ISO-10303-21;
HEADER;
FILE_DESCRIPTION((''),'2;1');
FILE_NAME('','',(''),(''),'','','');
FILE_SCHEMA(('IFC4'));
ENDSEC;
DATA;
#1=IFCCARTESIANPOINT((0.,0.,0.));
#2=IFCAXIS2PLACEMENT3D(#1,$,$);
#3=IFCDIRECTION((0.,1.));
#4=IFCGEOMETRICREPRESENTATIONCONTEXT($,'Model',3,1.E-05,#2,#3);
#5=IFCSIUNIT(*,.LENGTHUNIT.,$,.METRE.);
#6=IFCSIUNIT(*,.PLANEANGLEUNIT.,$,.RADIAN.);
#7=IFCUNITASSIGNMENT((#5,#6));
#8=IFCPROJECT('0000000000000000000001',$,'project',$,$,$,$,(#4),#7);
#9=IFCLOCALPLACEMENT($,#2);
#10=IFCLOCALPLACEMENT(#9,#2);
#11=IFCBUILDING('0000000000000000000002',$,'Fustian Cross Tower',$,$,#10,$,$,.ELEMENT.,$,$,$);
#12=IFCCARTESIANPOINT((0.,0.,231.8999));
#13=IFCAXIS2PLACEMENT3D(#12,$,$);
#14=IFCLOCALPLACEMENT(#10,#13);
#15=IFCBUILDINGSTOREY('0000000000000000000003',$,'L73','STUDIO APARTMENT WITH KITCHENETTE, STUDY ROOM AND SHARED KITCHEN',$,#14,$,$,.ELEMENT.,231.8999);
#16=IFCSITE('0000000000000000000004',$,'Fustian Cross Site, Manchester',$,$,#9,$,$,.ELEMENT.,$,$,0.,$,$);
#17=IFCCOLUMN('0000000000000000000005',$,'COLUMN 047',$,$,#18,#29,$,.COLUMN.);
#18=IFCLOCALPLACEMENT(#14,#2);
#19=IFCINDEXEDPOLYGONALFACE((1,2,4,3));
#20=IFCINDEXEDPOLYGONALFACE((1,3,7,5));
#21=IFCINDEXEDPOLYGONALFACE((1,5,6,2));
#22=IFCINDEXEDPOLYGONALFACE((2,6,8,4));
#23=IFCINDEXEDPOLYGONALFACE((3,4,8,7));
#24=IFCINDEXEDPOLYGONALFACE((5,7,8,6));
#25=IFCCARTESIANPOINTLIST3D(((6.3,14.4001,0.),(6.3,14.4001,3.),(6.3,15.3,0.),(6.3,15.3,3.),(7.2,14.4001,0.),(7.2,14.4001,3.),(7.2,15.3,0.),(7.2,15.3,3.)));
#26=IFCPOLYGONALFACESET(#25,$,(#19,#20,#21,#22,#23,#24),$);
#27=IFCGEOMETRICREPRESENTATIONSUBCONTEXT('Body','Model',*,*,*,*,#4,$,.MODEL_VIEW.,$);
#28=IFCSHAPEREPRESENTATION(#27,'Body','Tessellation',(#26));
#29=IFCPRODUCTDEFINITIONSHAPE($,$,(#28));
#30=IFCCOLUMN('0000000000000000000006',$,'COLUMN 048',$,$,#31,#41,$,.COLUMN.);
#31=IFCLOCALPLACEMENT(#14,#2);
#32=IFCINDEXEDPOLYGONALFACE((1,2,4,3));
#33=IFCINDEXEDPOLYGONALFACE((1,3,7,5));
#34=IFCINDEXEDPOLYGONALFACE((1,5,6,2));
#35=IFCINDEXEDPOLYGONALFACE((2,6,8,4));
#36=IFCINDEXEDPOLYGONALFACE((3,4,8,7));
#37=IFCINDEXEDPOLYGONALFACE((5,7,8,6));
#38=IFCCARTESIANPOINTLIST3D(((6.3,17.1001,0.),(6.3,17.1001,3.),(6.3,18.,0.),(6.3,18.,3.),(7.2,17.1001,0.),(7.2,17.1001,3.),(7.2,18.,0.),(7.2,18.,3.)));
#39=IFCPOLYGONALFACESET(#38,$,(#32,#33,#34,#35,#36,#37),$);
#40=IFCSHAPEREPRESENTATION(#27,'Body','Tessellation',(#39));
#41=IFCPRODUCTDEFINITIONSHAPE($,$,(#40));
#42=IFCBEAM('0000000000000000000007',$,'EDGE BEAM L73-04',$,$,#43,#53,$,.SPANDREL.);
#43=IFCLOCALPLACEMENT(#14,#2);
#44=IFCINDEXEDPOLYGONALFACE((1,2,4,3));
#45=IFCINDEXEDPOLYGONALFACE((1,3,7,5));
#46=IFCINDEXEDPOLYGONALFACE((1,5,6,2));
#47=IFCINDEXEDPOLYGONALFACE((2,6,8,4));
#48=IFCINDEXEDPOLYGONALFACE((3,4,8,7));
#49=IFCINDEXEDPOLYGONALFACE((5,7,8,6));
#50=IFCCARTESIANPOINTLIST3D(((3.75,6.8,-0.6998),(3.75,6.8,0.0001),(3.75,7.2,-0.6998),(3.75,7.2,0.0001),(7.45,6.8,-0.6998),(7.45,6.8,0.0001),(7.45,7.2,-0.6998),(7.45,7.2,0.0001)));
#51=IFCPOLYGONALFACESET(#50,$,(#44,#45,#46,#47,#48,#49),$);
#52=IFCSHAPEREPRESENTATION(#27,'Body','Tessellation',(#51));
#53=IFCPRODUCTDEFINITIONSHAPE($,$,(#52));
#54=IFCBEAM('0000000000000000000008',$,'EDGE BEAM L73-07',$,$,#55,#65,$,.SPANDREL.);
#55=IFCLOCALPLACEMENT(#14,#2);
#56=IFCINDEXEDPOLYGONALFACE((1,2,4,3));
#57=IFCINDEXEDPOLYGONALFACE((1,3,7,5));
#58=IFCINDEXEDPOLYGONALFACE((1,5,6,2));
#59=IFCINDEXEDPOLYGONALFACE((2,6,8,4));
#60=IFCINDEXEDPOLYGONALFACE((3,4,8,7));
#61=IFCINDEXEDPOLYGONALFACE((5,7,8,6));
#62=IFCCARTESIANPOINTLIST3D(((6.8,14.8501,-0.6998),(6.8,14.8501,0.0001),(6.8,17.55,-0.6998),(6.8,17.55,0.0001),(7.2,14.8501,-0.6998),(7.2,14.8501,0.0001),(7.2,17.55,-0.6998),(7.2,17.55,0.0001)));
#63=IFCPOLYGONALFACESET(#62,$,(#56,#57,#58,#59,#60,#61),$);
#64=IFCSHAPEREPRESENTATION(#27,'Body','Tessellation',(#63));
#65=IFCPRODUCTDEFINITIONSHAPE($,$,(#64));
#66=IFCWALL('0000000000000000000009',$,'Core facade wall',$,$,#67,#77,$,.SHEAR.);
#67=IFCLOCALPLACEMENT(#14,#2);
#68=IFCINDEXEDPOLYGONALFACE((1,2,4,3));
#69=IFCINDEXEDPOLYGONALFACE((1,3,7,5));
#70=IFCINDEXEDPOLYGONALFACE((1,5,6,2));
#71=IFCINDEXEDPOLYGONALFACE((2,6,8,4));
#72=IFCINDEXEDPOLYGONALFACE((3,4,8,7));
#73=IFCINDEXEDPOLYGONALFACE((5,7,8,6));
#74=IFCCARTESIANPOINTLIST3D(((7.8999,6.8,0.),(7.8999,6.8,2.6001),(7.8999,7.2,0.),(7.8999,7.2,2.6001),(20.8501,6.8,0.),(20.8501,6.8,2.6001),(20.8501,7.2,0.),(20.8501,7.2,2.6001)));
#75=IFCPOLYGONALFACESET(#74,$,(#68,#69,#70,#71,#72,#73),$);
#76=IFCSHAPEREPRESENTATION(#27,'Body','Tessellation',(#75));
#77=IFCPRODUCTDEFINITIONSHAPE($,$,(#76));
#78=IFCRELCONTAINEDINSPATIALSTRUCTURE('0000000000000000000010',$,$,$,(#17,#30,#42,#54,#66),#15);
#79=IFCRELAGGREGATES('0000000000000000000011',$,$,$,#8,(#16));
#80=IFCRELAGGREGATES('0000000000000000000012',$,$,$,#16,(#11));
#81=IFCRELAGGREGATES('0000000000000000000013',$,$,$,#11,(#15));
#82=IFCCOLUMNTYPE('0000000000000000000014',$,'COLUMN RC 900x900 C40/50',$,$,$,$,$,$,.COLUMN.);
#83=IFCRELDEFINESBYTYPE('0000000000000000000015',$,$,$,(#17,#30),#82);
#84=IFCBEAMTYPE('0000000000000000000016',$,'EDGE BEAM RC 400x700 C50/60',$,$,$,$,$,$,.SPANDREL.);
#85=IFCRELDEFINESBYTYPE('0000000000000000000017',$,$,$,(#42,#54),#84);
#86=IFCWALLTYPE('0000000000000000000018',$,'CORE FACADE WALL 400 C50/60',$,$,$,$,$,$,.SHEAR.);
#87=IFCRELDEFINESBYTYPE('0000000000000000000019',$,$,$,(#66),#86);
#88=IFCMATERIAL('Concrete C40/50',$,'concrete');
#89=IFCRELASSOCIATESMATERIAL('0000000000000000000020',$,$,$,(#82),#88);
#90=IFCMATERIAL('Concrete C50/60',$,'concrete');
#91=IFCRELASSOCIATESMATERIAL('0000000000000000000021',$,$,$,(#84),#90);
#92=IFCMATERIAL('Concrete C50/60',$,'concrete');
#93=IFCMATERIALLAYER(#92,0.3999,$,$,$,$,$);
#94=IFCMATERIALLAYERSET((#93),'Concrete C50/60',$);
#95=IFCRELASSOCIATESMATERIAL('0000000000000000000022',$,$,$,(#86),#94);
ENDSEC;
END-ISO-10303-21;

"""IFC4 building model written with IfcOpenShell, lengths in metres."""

from ifc_helpers import new_model, si_unit, direction, frame, frame_2d, origin, origin_2d, place, context, subcontext, project, spatial, rectangle, extrude, material, layer, layer_set, material_profile, profile_set, type_object, element, save


model = new_model("IFC4")

# Units and contexts
model_context = context("Model", 3, precision=1e-05, world=origin(), true_north=direction((0.0, 1.0)))
body_context = subcontext(model_context, "Body", "Model", "MODEL_VIEW")
ifc_project = project(units=[si_unit("LENGTHUNIT", "METRE"), si_unit("PLANEANGLEUNIT", "RADIAN")], contexts=[model_context])

# Site, building, storey
site_placement = place(None, origin())
site = spatial("IfcSite", under=ifc_project, at=site_placement, Name="Fustian Cross Site, Manchester", CompositionType="ELEMENT", RefElevation=0.0)
building_placement = place(site_placement, origin())
building = spatial("IfcBuilding", under=site, at=building_placement, Name="Fustian Cross Tower", CompositionType="ELEMENT")
storey_placement = place(building_placement, frame((0.0, 0.0, 231.8999)))
storey = spatial("IfcBuildingStorey", under=building, at=storey_placement, Name="L73", Description="STUDIO APARTMENT WITH KITCHENETTE, STUDY ROOM AND SHARED KITCHEN", CompositionType="ELEMENT", Elevation=231.8999)

# Columns
ifc_material_1 = material(Name="Concrete C40/50", Category="concrete")
ifc_material_profile_1 = material_profile(ifc_material_1, rectangle(XDim=0.8999, YDim=0.8999, at=origin_2d()), Name="RC 900x900")
ifc_profile_set_1 = profile_set([ifc_material_profile_1], Name="Concrete C40/50")
column_type = type_object("IfcColumnType", Name="COLUMN RC 900x900 C40/50", PredefinedType="COLUMN", material=ifc_profile_set_1)
for number, where, z_axis, x_axis, name in (
    (1, (6.75, 14.8501, 0.0), (0.0, 0.0, 1.0), (1.0, 0.0, 0.0), "COLUMN 047"),
    (2, (6.75, 17.55, 0.0), (0.0, 0.0, 1.0), (1.0, 0.0, 0.0), "COLUMN 048"),
):
    element("IfcColumn", number, at=place(storey_placement, frame(where, z_axis=z_axis, x_axis=x_axis)), inside=storey, type_object=column_type, Name=name, PredefinedType="COLUMN", context=body_context, shape_type="SweptSolid", body=[
        extrude(rectangle(XDim=0.8999, YDim=0.8999, at=origin_2d()), origin(), (0.0, 0.0, 1.0), 3.0),
    ])

# Beams
ifc_material_2 = material(Name="Concrete C50/60", Category="concrete")
ifc_material_profile_2 = material_profile(ifc_material_2, rectangle(XDim=0.3999, YDim=0.7, at=origin_2d()), Name="RC 400x700")
ifc_profile_set_2 = profile_set([ifc_material_profile_2], Name="Concrete C50/60")
beam_type = type_object("IfcBeamType", Name="EDGE BEAM RC 400x700 C50/60", PredefinedType="SPANDREL", material=ifc_profile_set_2)
beam_1_placement = place(storey_placement, frame((7.45, 7.0, -0.3499), z_axis=(-1.0, 0.0, 0.0), x_axis=(0.0, -1.0, 0.0)))
element("IfcBeam", 3, at=beam_1_placement, inside=storey, type_object=beam_type, Name="EDGE BEAM L73-04", PredefinedType="SPANDREL", context=body_context, shape_type="SweptSolid", body=[
    extrude(rectangle(XDim=0.3999, YDim=0.7, at=origin_2d()), origin(), (0.0, 0.0, 1.0), 3.7),
])
beam_2_placement = place(storey_placement, frame((7.0, 14.8501, -0.3499), z_axis=(0.0, 1.0, 0.0), x_axis=(-1.0, 0.0, 0.0)))
element("IfcBeam", 4, at=beam_2_placement, inside=storey, type_object=beam_type, Name="EDGE BEAM L73-07", PredefinedType="SPANDREL", context=body_context, shape_type="SweptSolid", body=[
    extrude(rectangle(XDim=0.3999, YDim=0.7, at=origin_2d()), origin(), (0.0, 0.0, 1.0), 2.7),
])

# Wall
ifc_material_3 = material(Name="Concrete C50/60", Category="concrete")
ifc_layer_1 = layer(ifc_material_3, 0.3999)
ifc_layer_set_1 = layer_set([ifc_layer_1], Name="Concrete C50/60")
wall_type_1 = type_object("IfcWallType", Name="CORE FACADE WALL 400 C50/60", PredefinedType="SHEAR", material=ifc_layer_set_1)
wall_1_placement = place(storey_placement, frame((7.8999, 7.0, 0.0), z_axis=(0.0, 0.0, 1.0), x_axis=(1.0, 0.0, 0.0)))
element("IfcWall", 5, at=wall_1_placement, inside=storey, type_object=wall_type_1, Name="Core facade wall", PredefinedType="SHEAR", context=body_context, shape_type="SweptSolid", body=[
    extrude(rectangle(XDim=12.9502, YDim=0.3999, at=frame_2d((6.4751, 0.0))), origin(), (0.0, 0.0, 1.0), 2.6001),
])

save(model, "model.ifc")
